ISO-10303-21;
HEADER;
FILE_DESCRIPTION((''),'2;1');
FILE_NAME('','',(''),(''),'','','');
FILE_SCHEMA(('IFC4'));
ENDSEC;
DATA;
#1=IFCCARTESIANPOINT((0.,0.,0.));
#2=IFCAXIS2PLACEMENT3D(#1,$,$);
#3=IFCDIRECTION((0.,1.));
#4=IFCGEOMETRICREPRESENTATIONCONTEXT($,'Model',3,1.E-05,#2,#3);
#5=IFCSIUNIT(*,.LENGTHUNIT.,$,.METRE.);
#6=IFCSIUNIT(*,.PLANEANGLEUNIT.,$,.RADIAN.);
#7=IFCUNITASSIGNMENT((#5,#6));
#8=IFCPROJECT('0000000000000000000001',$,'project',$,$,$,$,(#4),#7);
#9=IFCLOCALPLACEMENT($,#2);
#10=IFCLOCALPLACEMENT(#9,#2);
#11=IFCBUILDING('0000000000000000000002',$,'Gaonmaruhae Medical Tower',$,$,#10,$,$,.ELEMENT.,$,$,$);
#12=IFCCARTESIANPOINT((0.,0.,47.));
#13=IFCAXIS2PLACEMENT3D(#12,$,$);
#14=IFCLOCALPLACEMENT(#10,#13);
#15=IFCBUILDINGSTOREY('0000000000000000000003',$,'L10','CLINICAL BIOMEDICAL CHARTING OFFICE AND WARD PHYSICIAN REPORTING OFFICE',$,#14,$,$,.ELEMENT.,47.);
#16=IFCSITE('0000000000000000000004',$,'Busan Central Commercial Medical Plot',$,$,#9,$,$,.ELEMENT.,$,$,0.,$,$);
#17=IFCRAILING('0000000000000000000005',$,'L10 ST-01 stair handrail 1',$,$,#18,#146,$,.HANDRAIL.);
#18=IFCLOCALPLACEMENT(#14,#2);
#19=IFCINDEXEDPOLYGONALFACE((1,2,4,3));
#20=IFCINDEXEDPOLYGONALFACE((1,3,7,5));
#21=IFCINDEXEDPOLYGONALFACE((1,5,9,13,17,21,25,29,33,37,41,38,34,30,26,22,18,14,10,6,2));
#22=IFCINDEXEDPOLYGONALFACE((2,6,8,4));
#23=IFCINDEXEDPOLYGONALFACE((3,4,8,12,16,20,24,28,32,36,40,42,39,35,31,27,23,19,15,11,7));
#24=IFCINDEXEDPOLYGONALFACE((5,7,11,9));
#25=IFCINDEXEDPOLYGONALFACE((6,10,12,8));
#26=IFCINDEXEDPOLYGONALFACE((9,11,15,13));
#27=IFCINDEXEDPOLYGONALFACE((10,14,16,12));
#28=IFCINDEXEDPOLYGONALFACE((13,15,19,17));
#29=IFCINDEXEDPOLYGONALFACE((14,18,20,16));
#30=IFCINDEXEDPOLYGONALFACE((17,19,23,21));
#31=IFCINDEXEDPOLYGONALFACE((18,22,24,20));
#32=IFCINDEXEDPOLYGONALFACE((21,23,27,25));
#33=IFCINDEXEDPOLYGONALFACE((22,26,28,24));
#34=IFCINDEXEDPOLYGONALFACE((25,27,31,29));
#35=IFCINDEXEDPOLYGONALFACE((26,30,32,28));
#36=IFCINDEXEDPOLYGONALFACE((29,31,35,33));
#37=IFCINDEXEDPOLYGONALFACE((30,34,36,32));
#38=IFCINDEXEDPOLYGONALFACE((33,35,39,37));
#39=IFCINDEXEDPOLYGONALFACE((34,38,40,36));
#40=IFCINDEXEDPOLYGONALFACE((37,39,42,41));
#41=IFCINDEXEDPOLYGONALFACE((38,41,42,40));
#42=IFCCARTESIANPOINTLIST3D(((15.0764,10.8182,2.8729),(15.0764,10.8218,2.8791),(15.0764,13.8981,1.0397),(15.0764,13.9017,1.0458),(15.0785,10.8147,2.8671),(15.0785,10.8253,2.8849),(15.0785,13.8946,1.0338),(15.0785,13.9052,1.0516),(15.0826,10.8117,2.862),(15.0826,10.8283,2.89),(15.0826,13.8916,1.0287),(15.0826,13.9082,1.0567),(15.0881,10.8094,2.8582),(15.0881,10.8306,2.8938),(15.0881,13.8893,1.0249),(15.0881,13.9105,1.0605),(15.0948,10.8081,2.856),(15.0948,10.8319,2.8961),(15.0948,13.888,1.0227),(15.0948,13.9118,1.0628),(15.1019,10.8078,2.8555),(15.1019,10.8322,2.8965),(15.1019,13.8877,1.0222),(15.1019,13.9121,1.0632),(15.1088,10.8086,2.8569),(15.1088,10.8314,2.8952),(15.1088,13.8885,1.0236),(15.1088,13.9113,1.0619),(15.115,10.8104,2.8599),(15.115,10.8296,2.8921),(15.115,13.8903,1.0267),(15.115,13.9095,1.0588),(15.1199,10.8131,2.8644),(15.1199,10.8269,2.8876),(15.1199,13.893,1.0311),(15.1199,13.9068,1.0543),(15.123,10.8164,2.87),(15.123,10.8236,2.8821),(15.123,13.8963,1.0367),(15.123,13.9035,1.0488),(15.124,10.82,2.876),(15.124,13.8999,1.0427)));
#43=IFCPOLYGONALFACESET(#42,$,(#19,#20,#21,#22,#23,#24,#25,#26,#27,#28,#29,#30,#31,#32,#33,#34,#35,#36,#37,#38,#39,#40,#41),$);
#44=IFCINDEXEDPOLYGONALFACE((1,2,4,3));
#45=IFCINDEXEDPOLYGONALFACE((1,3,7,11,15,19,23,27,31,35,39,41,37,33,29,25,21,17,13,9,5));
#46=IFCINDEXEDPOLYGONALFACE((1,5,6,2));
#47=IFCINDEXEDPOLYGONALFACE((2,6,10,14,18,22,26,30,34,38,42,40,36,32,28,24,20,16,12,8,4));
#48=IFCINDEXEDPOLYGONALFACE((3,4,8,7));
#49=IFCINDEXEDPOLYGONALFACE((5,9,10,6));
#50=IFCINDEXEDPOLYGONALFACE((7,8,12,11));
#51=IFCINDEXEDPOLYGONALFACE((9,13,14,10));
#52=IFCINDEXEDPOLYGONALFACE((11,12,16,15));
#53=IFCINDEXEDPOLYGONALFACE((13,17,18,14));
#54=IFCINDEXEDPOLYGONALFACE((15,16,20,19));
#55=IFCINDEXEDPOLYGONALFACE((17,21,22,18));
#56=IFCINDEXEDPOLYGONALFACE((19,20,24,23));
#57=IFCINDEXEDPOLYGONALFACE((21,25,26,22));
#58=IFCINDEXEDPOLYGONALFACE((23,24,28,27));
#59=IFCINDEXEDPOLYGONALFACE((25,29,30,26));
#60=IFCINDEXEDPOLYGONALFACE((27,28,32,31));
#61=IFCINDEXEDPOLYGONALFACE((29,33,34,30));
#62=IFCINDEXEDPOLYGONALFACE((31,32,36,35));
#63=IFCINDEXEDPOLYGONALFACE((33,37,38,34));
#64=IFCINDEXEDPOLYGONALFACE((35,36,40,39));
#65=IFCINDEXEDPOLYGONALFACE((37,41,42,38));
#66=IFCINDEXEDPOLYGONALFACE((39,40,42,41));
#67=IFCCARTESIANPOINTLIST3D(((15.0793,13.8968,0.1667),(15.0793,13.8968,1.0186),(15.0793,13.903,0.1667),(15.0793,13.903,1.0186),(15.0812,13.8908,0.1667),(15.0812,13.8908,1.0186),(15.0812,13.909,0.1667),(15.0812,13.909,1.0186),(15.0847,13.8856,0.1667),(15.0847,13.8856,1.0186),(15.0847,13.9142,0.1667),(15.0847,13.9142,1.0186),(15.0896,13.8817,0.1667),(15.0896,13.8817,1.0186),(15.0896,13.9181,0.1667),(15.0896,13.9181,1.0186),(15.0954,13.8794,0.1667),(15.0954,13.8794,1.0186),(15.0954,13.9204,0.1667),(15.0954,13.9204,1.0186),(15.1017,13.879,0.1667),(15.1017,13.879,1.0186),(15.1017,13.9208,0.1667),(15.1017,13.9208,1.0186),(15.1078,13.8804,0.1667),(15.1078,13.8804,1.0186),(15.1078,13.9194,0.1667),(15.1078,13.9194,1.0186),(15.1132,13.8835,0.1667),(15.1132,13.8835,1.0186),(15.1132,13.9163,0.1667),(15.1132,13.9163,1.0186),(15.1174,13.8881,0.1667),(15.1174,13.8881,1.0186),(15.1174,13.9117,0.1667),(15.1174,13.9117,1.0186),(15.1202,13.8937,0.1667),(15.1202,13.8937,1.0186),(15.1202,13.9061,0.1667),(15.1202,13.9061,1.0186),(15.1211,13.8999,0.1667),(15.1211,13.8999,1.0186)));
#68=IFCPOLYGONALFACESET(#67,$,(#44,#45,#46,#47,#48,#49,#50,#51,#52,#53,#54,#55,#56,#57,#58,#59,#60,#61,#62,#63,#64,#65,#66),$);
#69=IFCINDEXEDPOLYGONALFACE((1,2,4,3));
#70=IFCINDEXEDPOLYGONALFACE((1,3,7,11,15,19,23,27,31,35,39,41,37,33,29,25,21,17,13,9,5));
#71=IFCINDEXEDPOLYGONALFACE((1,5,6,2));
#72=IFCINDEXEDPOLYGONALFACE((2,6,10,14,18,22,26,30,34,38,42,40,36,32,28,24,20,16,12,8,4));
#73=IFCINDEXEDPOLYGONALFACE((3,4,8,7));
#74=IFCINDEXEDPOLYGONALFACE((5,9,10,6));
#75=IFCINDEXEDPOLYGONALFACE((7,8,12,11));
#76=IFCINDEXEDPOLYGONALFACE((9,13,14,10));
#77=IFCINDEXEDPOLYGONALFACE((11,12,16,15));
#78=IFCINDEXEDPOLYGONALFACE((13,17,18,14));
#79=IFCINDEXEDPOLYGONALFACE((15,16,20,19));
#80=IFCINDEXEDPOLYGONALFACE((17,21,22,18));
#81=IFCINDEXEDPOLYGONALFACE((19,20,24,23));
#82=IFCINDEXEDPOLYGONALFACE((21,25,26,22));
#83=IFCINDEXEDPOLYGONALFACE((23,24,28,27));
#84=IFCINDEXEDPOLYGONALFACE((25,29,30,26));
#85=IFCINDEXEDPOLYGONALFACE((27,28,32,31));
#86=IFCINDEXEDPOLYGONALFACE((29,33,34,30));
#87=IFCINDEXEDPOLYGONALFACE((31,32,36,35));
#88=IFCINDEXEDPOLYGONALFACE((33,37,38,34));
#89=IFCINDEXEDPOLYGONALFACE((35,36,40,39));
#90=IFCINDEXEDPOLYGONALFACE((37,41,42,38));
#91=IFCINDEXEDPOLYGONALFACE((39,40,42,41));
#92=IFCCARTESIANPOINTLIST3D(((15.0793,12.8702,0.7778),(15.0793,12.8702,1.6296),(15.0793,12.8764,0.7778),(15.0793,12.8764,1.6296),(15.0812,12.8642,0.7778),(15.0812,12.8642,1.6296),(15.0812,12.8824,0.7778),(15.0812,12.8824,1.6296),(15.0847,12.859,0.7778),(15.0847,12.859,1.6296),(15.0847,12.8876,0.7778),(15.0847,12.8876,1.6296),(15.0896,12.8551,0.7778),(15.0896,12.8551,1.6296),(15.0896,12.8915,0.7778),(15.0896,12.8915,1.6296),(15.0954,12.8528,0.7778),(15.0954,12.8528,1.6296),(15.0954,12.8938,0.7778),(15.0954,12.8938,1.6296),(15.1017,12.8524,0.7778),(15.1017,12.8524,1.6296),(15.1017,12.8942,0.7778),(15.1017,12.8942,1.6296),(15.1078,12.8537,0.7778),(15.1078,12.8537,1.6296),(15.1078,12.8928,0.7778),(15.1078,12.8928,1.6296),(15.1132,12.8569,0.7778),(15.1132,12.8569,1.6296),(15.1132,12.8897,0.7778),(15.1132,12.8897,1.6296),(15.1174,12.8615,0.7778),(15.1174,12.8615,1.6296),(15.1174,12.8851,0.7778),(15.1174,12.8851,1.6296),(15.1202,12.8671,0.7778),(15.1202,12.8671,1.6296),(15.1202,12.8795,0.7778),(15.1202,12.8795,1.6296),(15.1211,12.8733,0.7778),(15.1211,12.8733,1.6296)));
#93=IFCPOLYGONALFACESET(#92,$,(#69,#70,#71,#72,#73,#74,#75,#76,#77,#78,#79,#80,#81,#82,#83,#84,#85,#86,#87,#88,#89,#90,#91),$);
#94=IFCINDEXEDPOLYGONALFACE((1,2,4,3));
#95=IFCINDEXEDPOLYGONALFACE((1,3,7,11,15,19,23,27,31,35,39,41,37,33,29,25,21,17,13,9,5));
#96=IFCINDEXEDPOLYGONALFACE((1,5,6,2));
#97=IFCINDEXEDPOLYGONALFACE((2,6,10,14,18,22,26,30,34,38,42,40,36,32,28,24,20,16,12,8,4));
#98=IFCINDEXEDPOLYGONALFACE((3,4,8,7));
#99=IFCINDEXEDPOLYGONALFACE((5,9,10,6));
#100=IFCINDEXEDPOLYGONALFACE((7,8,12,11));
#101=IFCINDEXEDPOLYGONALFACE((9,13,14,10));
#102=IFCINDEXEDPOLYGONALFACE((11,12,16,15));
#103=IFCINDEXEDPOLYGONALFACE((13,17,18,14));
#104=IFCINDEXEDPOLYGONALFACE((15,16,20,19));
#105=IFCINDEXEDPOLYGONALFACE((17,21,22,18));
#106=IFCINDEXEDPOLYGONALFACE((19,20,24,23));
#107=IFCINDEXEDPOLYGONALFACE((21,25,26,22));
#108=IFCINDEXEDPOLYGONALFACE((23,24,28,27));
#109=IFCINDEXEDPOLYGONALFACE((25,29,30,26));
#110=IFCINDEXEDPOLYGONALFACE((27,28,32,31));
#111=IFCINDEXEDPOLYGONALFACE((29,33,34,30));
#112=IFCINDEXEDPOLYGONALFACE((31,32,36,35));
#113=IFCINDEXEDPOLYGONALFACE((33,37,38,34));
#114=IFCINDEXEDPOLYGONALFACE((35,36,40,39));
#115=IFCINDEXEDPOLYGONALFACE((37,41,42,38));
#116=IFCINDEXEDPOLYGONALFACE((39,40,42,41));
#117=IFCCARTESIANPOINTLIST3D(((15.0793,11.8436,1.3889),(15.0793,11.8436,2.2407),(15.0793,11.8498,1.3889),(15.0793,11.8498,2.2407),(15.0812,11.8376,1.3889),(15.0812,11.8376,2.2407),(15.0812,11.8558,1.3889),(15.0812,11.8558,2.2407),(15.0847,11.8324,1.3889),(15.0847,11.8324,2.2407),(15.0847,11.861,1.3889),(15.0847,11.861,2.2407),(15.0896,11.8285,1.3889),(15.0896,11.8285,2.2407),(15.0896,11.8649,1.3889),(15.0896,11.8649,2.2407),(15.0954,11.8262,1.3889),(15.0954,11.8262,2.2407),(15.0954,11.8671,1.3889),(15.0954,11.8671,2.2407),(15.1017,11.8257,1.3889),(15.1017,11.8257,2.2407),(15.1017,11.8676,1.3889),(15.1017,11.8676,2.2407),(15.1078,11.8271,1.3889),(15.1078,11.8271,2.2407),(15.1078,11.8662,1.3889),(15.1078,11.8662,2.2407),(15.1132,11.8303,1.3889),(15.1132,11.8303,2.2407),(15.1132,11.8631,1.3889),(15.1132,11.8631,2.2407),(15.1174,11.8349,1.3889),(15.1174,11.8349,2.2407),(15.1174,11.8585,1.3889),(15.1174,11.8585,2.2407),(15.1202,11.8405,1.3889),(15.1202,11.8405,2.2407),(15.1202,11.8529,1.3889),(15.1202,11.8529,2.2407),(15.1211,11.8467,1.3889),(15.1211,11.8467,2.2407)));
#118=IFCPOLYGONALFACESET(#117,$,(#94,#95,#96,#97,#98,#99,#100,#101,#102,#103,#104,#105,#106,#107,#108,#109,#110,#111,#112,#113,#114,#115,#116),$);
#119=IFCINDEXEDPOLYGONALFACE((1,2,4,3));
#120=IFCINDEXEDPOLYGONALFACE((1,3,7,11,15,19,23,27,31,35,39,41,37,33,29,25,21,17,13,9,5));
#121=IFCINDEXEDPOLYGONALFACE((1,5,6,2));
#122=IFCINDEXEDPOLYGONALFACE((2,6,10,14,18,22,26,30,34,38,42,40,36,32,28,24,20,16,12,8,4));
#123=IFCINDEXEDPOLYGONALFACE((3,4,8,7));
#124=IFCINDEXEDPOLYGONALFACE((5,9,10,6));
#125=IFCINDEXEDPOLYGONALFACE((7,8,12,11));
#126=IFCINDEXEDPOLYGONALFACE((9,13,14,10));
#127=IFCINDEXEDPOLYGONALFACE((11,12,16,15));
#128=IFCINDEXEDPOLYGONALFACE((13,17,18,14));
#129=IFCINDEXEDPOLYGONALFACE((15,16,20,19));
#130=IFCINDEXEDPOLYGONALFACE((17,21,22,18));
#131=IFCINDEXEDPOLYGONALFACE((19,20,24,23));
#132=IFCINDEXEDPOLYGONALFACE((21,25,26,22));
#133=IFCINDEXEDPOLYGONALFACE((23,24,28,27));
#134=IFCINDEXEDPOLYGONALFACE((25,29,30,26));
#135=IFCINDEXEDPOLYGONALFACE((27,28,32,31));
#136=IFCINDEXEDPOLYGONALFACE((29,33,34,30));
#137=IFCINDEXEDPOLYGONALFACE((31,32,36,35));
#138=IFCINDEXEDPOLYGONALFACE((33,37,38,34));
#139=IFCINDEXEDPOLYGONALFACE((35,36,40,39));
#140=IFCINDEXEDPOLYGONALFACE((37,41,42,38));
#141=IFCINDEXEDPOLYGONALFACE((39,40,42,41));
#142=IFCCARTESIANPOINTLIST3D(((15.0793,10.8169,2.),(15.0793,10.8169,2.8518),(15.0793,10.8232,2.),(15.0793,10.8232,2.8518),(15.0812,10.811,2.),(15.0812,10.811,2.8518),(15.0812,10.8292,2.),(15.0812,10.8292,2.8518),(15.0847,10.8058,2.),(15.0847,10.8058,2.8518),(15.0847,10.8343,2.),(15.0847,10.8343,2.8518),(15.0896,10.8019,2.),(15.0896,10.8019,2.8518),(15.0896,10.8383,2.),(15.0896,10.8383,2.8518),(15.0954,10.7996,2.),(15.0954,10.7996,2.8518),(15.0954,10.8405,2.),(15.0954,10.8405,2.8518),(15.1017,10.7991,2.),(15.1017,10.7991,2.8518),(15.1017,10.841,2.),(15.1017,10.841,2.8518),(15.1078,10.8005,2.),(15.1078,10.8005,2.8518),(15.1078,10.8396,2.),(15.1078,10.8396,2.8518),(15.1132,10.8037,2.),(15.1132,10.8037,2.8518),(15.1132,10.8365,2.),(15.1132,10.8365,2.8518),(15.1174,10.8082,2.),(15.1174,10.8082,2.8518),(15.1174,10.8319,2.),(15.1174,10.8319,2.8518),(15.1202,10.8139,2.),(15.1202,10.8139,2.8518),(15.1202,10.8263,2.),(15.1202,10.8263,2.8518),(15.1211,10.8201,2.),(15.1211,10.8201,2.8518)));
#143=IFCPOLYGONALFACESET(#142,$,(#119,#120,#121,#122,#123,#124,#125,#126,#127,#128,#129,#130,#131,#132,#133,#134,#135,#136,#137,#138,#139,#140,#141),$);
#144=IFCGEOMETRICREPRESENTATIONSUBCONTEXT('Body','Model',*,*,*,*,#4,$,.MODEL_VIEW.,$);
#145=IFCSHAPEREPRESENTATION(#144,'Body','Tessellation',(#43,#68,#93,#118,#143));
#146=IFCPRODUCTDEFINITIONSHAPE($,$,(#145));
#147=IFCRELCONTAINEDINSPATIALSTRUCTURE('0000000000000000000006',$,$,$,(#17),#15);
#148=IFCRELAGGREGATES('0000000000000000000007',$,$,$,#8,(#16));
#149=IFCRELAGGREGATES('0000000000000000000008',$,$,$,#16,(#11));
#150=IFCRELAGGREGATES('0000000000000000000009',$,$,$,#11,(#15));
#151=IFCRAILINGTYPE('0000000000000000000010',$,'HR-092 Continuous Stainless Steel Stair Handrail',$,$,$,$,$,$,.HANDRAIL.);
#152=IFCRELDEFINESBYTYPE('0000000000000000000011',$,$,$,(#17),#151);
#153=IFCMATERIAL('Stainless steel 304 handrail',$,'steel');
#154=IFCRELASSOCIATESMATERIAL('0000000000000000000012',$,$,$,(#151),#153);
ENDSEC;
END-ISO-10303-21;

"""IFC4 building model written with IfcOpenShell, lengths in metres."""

from ifc_helpers import new_model, si_unit, direction, frame, origin, origin_2d, place, context, subcontext, project, spatial, circle, extrude, material, type_object, element, save


model = new_model("IFC4")

# Units and contexts
model_context = context("Model", 3, precision=1e-05, world=origin(), true_north=direction((0.0, 1.0)))
body_context = subcontext(model_context, "Body", "Model", "MODEL_VIEW")
ifc_project = project(units=[si_unit("LENGTHUNIT", "METRE"), si_unit("PLANEANGLEUNIT", "RADIAN")], contexts=[model_context])

# Site, building, storey
site_placement = place(None, origin())
site = spatial("IfcSite", under=ifc_project, at=site_placement, Name="Busan Central Commercial Medical Plot", CompositionType="ELEMENT", RefElevation=0.0)
building_placement = place(site_placement, origin())
building = spatial("IfcBuilding", under=site, at=building_placement, Name="Gaonmaruhae Medical Tower", CompositionType="ELEMENT")
storey_placement = place(building_placement, frame((0.0, 0.0, 47.0)))
storey = spatial("IfcBuildingStorey", under=building, at=storey_placement, Name="L10", Description="CLINICAL BIOMEDICAL CHARTING OFFICE AND WARD PHYSICIAN REPORTING OFFICE", CompositionType="ELEMENT", Elevation=47.0)

# Railing
ifc_material_1 = material(Name="Stainless steel 304 handrail", Category="steel")
railing_type_1 = type_object("IfcRailingType", Name="HR-092 Continuous Stainless Steel Stair Handrail", PredefinedType="HANDRAIL", material=ifc_material_1)
railing_1_placement = place(storey_placement, frame((15.1001, 13.8999, 0.1667)))
element("IfcRailing", 1, at=railing_1_placement, inside=storey, type_object=railing_type_1, Name="L10 ST-01 stair handrail 1", PredefinedType="HANDRAIL", context=body_context, shape_type="SweptSolid", body=[
    extrude(circle(Radius=0.0239, at=origin_2d()), frame((0.0, 0.0, 0.876), z_axis=(0.0, -0.859291, 0.511487), x_axis=(1.0, 0.0, 0.0)), (0.0, 0.0, 1.0), 3.5842),
    extrude(circle(Radius=0.021, at=origin_2d()), origin(), (0.0, 0.0, 1.0), 0.8518),
    extrude(circle(Radius=0.021, at=origin_2d()), frame((0.0, -1.0266, 0.6111)), (0.0, 0.0, 1.0), 0.8518),
    extrude(circle(Radius=0.021, at=origin_2d()), frame((0.0, -2.0532, 1.2222)), (0.0, 0.0, 1.0), 0.8518),
    extrude(circle(Radius=0.021, at=origin_2d()), frame((0.0, -3.0798, 1.8333)), (0.0, 0.0, 1.0), 0.8518),
])

save(model, "model.ifc")
